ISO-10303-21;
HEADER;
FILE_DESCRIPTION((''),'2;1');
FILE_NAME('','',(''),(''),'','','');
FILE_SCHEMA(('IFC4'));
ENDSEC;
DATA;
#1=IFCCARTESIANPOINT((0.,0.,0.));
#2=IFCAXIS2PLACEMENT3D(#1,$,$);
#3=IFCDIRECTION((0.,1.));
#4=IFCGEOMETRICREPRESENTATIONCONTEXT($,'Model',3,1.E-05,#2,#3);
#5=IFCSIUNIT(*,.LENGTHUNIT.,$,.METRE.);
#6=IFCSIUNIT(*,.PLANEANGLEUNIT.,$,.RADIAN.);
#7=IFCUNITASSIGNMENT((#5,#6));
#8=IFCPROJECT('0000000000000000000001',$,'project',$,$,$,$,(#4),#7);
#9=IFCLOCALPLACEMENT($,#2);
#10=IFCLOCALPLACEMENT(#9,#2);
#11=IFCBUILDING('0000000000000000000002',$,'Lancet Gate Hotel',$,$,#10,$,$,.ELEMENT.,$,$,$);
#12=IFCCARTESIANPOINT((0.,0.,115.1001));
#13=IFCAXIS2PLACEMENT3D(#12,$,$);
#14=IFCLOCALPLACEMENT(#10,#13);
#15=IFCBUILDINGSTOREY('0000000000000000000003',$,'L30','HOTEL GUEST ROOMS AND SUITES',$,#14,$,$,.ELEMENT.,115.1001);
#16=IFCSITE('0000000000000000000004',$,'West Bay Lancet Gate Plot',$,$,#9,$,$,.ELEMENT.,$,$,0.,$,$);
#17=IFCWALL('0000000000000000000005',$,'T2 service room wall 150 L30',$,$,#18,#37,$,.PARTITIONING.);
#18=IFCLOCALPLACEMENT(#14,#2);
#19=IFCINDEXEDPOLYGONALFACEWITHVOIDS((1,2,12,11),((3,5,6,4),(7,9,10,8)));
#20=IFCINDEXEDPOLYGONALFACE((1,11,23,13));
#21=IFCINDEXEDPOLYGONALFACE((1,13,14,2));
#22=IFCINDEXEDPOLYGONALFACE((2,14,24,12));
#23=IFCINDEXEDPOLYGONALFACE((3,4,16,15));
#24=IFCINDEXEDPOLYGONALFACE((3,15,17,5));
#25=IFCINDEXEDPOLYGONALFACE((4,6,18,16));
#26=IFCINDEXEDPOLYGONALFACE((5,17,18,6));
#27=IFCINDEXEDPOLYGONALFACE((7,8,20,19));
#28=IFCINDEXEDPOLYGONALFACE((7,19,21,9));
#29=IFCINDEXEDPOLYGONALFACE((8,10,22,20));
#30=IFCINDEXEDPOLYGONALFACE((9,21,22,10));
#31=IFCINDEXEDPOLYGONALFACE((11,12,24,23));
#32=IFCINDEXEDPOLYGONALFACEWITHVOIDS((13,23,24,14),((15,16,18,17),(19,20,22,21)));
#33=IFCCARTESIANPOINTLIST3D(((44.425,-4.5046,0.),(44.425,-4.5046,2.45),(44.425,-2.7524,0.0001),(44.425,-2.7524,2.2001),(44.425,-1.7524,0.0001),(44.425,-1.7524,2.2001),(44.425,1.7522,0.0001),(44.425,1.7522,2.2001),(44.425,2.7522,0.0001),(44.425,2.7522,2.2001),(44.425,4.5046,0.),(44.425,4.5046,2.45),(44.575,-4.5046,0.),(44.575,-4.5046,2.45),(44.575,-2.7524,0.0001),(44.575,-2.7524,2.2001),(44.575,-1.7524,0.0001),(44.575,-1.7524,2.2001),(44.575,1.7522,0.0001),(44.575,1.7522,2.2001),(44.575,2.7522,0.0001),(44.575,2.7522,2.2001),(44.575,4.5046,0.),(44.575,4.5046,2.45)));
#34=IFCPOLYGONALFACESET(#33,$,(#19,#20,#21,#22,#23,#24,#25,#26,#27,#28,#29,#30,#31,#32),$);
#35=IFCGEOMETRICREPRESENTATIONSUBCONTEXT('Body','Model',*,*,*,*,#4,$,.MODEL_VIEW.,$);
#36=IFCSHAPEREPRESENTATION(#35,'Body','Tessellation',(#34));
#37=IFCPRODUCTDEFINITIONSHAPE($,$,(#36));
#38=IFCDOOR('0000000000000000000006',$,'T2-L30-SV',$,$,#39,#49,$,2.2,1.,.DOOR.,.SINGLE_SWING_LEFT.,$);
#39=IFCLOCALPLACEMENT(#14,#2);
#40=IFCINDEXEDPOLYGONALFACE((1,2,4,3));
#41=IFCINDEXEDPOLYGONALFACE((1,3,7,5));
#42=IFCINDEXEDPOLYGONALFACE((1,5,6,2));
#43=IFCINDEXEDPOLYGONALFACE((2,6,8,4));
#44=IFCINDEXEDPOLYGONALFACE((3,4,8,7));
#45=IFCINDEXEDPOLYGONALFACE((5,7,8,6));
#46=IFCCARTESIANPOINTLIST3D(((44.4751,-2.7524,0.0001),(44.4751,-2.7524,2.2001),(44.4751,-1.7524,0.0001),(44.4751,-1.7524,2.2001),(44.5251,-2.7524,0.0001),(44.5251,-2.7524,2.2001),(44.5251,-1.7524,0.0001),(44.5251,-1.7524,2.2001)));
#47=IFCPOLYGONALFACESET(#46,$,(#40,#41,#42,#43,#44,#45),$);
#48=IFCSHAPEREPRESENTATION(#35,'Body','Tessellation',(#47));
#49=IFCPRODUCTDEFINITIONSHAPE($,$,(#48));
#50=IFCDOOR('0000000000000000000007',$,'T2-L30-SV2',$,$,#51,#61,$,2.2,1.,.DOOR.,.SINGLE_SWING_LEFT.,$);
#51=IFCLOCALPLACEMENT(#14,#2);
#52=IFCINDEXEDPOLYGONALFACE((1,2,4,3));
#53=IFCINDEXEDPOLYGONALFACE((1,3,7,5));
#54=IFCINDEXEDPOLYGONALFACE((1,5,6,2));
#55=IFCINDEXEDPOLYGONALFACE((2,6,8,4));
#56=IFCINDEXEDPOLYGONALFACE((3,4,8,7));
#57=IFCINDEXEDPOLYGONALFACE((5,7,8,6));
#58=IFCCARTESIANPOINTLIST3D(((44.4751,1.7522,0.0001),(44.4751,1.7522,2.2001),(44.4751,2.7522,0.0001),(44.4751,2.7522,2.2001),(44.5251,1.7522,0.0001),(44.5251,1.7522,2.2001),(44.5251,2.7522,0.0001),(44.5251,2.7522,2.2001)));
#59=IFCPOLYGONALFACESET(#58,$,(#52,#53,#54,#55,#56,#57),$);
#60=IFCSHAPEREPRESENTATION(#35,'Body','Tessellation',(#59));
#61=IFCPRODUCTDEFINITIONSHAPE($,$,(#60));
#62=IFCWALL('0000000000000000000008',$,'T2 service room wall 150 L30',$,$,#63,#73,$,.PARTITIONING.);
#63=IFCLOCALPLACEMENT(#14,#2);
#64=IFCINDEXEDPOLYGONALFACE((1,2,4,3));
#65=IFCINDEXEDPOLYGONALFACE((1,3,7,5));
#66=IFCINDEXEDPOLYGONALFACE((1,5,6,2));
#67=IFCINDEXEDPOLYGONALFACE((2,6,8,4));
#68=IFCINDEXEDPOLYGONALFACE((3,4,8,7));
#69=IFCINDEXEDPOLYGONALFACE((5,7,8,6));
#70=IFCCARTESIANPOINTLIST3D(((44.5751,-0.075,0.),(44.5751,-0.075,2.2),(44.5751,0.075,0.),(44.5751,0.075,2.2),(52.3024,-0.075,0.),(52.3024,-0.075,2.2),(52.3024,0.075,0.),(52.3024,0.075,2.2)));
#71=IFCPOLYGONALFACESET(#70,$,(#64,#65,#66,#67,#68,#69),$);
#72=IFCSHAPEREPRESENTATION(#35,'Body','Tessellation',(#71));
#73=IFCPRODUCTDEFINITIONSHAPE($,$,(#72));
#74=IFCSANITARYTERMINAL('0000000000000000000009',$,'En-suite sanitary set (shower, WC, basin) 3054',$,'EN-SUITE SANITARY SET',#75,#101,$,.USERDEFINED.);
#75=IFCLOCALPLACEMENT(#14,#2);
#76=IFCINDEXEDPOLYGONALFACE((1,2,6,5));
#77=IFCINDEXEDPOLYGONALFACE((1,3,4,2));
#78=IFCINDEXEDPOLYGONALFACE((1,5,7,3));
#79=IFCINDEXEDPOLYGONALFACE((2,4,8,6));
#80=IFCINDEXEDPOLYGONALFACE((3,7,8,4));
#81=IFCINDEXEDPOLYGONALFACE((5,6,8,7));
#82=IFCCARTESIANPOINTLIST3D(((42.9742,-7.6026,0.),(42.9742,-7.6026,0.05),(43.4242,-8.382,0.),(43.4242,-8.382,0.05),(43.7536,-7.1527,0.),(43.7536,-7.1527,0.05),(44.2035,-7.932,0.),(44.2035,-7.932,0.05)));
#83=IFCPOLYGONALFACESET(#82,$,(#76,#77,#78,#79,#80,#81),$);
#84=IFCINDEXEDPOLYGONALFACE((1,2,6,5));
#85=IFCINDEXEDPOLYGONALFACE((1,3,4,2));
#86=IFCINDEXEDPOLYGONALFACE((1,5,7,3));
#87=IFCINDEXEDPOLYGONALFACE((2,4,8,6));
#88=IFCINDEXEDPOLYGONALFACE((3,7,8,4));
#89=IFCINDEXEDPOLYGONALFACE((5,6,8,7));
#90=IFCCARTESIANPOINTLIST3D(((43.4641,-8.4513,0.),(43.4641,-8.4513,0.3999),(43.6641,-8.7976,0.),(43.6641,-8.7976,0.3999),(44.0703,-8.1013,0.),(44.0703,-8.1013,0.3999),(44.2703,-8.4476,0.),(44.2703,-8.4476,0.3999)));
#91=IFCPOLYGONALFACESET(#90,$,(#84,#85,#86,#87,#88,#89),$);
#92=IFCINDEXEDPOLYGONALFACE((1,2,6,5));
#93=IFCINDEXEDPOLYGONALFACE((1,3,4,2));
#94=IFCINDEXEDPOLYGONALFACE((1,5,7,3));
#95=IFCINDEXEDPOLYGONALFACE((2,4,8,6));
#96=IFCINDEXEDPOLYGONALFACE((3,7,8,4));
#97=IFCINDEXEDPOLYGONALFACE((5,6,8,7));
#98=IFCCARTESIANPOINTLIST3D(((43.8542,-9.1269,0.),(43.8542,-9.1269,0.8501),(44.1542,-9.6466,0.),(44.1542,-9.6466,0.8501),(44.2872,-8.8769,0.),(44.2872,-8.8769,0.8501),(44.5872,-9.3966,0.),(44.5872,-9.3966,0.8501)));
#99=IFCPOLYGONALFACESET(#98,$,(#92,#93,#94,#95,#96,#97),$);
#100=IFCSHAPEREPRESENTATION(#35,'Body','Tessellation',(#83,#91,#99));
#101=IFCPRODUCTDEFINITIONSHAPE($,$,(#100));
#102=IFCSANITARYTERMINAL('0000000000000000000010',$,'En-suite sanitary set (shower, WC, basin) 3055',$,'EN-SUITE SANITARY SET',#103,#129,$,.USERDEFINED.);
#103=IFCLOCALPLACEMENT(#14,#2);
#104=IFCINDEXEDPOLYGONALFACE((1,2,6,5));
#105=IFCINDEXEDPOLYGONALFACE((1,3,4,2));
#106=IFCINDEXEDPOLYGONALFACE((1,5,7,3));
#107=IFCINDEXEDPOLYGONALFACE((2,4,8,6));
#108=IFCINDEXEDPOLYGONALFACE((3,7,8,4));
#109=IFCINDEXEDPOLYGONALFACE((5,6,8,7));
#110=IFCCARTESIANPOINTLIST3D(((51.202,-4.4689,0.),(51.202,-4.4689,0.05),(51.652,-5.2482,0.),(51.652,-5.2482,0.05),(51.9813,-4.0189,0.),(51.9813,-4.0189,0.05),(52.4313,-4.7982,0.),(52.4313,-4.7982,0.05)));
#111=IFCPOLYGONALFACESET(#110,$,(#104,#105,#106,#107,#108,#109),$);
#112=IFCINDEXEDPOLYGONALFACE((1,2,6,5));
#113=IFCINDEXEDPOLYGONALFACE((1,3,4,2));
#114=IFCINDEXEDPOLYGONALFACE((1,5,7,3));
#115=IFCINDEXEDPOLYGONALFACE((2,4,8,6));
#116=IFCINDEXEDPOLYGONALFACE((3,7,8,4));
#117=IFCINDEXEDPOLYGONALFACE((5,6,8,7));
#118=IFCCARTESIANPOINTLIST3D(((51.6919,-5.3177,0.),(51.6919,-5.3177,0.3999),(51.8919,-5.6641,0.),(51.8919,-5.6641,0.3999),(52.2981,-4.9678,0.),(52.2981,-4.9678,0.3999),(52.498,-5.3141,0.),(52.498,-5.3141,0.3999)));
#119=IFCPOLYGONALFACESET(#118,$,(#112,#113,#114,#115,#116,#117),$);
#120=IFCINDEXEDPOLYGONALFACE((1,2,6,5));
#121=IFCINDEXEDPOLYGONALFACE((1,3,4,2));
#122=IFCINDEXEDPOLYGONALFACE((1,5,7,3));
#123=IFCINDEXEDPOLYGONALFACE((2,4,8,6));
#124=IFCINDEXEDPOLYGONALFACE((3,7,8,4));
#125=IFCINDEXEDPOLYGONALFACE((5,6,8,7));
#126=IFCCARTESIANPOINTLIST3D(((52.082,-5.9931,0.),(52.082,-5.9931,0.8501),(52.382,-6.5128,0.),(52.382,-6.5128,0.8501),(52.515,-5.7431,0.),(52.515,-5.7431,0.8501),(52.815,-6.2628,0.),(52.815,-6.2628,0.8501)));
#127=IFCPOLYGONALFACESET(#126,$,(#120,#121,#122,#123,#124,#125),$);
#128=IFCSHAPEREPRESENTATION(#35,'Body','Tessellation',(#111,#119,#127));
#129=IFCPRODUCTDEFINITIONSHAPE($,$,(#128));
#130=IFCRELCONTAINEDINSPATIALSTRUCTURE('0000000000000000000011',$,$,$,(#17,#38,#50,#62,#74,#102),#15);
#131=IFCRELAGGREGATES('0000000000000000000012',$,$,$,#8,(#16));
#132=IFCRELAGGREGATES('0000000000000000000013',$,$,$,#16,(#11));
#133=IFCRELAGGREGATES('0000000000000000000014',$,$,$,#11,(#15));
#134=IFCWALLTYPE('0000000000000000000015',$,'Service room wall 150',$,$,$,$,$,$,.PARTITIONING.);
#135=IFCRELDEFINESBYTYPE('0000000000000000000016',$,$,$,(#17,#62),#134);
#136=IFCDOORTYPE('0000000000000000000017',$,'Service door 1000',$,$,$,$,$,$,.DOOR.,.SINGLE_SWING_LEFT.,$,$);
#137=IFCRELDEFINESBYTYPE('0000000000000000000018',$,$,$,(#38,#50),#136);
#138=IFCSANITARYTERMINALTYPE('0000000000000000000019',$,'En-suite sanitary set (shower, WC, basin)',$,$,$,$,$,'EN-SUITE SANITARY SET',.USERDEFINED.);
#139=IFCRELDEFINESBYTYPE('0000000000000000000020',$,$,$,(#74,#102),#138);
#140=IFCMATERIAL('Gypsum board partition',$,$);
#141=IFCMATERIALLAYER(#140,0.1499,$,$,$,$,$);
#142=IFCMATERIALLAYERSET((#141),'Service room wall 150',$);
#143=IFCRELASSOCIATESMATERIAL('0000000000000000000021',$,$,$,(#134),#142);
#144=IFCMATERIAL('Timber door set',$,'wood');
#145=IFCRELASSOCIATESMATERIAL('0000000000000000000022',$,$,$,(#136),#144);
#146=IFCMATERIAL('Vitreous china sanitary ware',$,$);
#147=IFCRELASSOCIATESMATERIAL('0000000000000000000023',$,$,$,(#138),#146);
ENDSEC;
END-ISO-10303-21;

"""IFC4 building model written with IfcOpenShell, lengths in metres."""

from ifc_helpers import new_model, si_unit, direction, frame, frame_2d, origin, origin_2d, place, context, subcontext, project, spatial, rectangle, extrude, material, layer, layer_set, type_object, element, fill, save


model = new_model("IFC4")

# Units and contexts
model_context = context("Model", 3, precision=1e-05, world=origin(), true_north=direction((0.0, 1.0)))
body_context = subcontext(model_context, "Body", "Model", "MODEL_VIEW")
ifc_project = project(units=[si_unit("LENGTHUNIT", "METRE"), si_unit("PLANEANGLEUNIT", "RADIAN")], contexts=[model_context])

# Site, building, storey
site_placement = place(None, origin())
site = spatial("IfcSite", under=ifc_project, at=site_placement, Name="West Bay Lancet Gate Plot", CompositionType="ELEMENT", RefElevation=0.0)
building_placement = place(site_placement, origin())
building = spatial("IfcBuilding", under=site, at=building_placement, Name="Lancet Gate Hotel", CompositionType="ELEMENT")
storey_placement = place(building_placement, frame((0.0, 0.0, 115.1001)))
storey = spatial("IfcBuildingStorey", under=building, at=storey_placement, Name="L30", Description="HOTEL GUEST ROOMS AND SUITES", CompositionType="ELEMENT", Elevation=115.1001)

# Shared definitions
ifc_material_1 = material(Name="Gypsum board partition")
ifc_layer_1 = layer(ifc_material_1, 0.1499)
ifc_layer_set_1 = layer_set([ifc_layer_1], Name="Service room wall 150")
wall_type_1 = type_object("IfcWallType", Name="Service room wall 150", PredefinedType="PARTITIONING", material=ifc_layer_set_1)

# Wall, openings, doors
wall_1_placement = place(storey_placement, frame((44.5, -4.5046, 0.0), z_axis=(0.0, 0.0, 1.0), x_axis=(0.0, 1.0, 0.0)))
wall_1 = element("IfcWall", 1, at=wall_1_placement, inside=storey, type_object=wall_type_1, Name="T2 service room wall 150 L30", PredefinedType="PARTITIONING", context=body_context, shape_type="SweptSolid", body=[
    extrude(rectangle(XDim=9.0093, YDim=0.1499, at=frame_2d((4.5046, 0.0))), origin(), (0.0, 0.0, 1.0), 2.45),
])
opening_1_placement = place(wall_1_placement, frame((1.7522, 0.0, 0.0)))
opening_1 = element("IfcOpeningElement", 2, at=opening_1_placement, cuts=wall_1, PredefinedType="OPENING", context=body_context, shape_type="SweptSolid", body=[
    extrude(rectangle(XDim=1.0, YDim=2.2, at=frame_2d((0.5, 1.1001))), frame((0.0, 0.085, 0.0), z_axis=(0.0, -1.0, 0.0), x_axis=(1.0, 0.0, 0.0)), (0.0, 0.0, 1.0), 0.1699),
])
opening_2_placement = place(wall_1_placement, frame((6.2568, 0.0, 0.0)))
opening_2 = element("IfcOpeningElement", 3, at=opening_2_placement, cuts=wall_1, PredefinedType="OPENING", context=body_context, shape_type="SweptSolid", body=[
    extrude(rectangle(XDim=1.0, YDim=2.2, at=frame_2d((0.5, 1.1001))), frame((0.0, 0.085, 0.0), z_axis=(0.0, -1.0, 0.0), x_axis=(1.0, 0.0, 0.0)), (0.0, 0.0, 1.0), 0.1699),
])
ifc_material_2 = material(Name="Timber door set", Category="wood")
door_type_1 = type_object("IfcDoorType", Name="Service door 1000", OperationType="SINGLE_SWING_LEFT", PredefinedType="DOOR", material=ifc_material_2)
door_1_placement = place(opening_1_placement, origin())
door_1 = element("IfcDoor", 4, at=door_1_placement, inside=storey, type_object=door_type_1, Name="T2-L30-SV", OperationType="SINGLE_SWING_LEFT", OverallHeight=2.2, OverallWidth=1.0, PredefinedType="DOOR", context=body_context, shape_type="SweptSolid", body=[
    extrude(rectangle(XDim=1.0, YDim=2.2, at=frame_2d((0.5, 1.1001))), frame((0.0, 0.0249, 0.0), z_axis=(0.0, -1.0, 0.0), x_axis=(1.0, 0.0, 0.0)), (0.0, 0.0, 1.0), 0.05),
])
fill(opening_1, door_1)
door_2_placement = place(opening_2_placement, origin())
door_2 = element("IfcDoor", 5, at=door_2_placement, inside=storey, type_object=door_type_1, Name="T2-L30-SV2", OperationType="SINGLE_SWING_LEFT", OverallHeight=2.2, OverallWidth=1.0, PredefinedType="DOOR", context=body_context, shape_type="SweptSolid", body=[
    extrude(rectangle(XDim=1.0, YDim=2.2, at=frame_2d((0.5, 1.1001))), frame((0.0, 0.0249, 0.0), z_axis=(0.0, -1.0, 0.0), x_axis=(1.0, 0.0, 0.0)), (0.0, 0.0, 1.0), 0.05),
])
fill(opening_2, door_2)

# Wall
wall_2_placement = place(storey_placement, frame((44.575, 0.0, 0.0), z_axis=(0.0, 0.0, 1.0), x_axis=(1.0, 0.0, 0.0)))
element("IfcWall", 6, at=wall_2_placement, inside=storey, type_object=wall_type_1, Name="T2 service room wall 150 L30", PredefinedType="PARTITIONING", context=body_context, shape_type="SweptSolid", body=[
    extrude(rectangle(XDim=7.7273, YDim=0.1499, at=frame_2d((3.8638, 0.0))), origin(), (0.0, 0.0, 1.0), 2.2),
])

# Sanitary terminals
ifc_material_3 = material(Name="Vitreous china sanitary ware")
sanitary_terminal_type = type_object("IfcSanitaryTerminalType", Name="En-suite sanitary set (shower, WC, basin)", ElementType="EN-SUITE SANITARY SET", PredefinedType="USERDEFINED", material=ifc_material_3)
sanitary_terminal_1_placement = place(storey_placement, frame((43.5889, -7.7673, 0.0), z_axis=(0.0, 0.0, 1.0), x_axis=(1.0, 0.0, 0.0)))
element("IfcSanitaryTerminal", 7, at=sanitary_terminal_1_placement, inside=storey, type_object=sanitary_terminal_type, Name="En-suite sanitary set (shower, WC, basin) 3054", ObjectType="EN-SUITE SANITARY SET", PredefinedType="USERDEFINED", context=body_context, shape_type="SweptSolid", body=[
    extrude(rectangle(XDim=0.8999, YDim=0.8999, at=origin_2d()), frame((0.0, 0.0, 0.0), z_axis=(0.0, 0.0, 1.0), x_axis=(-0.5, 0.866025, 0.0)), (0.0, 0.0, 1.0), 0.05),
    extrude(rectangle(XDim=0.3999, YDim=0.7, at=origin_2d()), frame((0.2783, -0.6821, 0.0), z_axis=(0.0, 0.0, 1.0), x_axis=(-0.5, 0.866025, 0.0)), (0.0, 0.0, 1.0), 0.3999),
    extrude(rectangle(XDim=0.6001, YDim=0.5, at=origin_2d()), frame((0.6318, -1.4944, 0.0), z_axis=(0.0, 0.0, 1.0), x_axis=(-0.5, 0.866025, 0.0)), (0.0, 0.0, 1.0), 0.8501),
])
sanitary_terminal_2_placement = place(storey_placement, frame((51.8167, -4.6335, 0.0), z_axis=(0.0, 0.0, 1.0), x_axis=(1.0, 0.0, 0.0)))
element("IfcSanitaryTerminal", 8, at=sanitary_terminal_2_placement, inside=storey, type_object=sanitary_terminal_type, Name="En-suite sanitary set (shower, WC, basin) 3055", ObjectType="EN-SUITE SANITARY SET", PredefinedType="USERDEFINED", context=body_context, shape_type="SweptSolid", body=[
    extrude(rectangle(XDim=0.8999, YDim=0.8999, at=origin_2d()), frame((0.0, 0.0, 0.0), z_axis=(0.0, 0.0, 1.0), x_axis=(-0.5, 0.866025, 0.0)), (0.0, 0.0, 1.0), 0.05),
    extrude(rectangle(XDim=0.3999, YDim=0.7, at=origin_2d()), frame((0.2783, -0.6824, 0.0), z_axis=(0.0, 0.0, 1.0), x_axis=(-0.5, 0.866025, 0.0)), (0.0, 0.0, 1.0), 0.3999),
    extrude(rectangle(XDim=0.6001, YDim=0.5, at=origin_2d()), frame((0.6318, -1.4944, 0.0), z_axis=(0.0, 0.0, 1.0), x_axis=(-0.5, 0.866025, 0.0)), (0.0, 0.0, 1.0), 0.8501),
])

save(model, "model.ifc")
